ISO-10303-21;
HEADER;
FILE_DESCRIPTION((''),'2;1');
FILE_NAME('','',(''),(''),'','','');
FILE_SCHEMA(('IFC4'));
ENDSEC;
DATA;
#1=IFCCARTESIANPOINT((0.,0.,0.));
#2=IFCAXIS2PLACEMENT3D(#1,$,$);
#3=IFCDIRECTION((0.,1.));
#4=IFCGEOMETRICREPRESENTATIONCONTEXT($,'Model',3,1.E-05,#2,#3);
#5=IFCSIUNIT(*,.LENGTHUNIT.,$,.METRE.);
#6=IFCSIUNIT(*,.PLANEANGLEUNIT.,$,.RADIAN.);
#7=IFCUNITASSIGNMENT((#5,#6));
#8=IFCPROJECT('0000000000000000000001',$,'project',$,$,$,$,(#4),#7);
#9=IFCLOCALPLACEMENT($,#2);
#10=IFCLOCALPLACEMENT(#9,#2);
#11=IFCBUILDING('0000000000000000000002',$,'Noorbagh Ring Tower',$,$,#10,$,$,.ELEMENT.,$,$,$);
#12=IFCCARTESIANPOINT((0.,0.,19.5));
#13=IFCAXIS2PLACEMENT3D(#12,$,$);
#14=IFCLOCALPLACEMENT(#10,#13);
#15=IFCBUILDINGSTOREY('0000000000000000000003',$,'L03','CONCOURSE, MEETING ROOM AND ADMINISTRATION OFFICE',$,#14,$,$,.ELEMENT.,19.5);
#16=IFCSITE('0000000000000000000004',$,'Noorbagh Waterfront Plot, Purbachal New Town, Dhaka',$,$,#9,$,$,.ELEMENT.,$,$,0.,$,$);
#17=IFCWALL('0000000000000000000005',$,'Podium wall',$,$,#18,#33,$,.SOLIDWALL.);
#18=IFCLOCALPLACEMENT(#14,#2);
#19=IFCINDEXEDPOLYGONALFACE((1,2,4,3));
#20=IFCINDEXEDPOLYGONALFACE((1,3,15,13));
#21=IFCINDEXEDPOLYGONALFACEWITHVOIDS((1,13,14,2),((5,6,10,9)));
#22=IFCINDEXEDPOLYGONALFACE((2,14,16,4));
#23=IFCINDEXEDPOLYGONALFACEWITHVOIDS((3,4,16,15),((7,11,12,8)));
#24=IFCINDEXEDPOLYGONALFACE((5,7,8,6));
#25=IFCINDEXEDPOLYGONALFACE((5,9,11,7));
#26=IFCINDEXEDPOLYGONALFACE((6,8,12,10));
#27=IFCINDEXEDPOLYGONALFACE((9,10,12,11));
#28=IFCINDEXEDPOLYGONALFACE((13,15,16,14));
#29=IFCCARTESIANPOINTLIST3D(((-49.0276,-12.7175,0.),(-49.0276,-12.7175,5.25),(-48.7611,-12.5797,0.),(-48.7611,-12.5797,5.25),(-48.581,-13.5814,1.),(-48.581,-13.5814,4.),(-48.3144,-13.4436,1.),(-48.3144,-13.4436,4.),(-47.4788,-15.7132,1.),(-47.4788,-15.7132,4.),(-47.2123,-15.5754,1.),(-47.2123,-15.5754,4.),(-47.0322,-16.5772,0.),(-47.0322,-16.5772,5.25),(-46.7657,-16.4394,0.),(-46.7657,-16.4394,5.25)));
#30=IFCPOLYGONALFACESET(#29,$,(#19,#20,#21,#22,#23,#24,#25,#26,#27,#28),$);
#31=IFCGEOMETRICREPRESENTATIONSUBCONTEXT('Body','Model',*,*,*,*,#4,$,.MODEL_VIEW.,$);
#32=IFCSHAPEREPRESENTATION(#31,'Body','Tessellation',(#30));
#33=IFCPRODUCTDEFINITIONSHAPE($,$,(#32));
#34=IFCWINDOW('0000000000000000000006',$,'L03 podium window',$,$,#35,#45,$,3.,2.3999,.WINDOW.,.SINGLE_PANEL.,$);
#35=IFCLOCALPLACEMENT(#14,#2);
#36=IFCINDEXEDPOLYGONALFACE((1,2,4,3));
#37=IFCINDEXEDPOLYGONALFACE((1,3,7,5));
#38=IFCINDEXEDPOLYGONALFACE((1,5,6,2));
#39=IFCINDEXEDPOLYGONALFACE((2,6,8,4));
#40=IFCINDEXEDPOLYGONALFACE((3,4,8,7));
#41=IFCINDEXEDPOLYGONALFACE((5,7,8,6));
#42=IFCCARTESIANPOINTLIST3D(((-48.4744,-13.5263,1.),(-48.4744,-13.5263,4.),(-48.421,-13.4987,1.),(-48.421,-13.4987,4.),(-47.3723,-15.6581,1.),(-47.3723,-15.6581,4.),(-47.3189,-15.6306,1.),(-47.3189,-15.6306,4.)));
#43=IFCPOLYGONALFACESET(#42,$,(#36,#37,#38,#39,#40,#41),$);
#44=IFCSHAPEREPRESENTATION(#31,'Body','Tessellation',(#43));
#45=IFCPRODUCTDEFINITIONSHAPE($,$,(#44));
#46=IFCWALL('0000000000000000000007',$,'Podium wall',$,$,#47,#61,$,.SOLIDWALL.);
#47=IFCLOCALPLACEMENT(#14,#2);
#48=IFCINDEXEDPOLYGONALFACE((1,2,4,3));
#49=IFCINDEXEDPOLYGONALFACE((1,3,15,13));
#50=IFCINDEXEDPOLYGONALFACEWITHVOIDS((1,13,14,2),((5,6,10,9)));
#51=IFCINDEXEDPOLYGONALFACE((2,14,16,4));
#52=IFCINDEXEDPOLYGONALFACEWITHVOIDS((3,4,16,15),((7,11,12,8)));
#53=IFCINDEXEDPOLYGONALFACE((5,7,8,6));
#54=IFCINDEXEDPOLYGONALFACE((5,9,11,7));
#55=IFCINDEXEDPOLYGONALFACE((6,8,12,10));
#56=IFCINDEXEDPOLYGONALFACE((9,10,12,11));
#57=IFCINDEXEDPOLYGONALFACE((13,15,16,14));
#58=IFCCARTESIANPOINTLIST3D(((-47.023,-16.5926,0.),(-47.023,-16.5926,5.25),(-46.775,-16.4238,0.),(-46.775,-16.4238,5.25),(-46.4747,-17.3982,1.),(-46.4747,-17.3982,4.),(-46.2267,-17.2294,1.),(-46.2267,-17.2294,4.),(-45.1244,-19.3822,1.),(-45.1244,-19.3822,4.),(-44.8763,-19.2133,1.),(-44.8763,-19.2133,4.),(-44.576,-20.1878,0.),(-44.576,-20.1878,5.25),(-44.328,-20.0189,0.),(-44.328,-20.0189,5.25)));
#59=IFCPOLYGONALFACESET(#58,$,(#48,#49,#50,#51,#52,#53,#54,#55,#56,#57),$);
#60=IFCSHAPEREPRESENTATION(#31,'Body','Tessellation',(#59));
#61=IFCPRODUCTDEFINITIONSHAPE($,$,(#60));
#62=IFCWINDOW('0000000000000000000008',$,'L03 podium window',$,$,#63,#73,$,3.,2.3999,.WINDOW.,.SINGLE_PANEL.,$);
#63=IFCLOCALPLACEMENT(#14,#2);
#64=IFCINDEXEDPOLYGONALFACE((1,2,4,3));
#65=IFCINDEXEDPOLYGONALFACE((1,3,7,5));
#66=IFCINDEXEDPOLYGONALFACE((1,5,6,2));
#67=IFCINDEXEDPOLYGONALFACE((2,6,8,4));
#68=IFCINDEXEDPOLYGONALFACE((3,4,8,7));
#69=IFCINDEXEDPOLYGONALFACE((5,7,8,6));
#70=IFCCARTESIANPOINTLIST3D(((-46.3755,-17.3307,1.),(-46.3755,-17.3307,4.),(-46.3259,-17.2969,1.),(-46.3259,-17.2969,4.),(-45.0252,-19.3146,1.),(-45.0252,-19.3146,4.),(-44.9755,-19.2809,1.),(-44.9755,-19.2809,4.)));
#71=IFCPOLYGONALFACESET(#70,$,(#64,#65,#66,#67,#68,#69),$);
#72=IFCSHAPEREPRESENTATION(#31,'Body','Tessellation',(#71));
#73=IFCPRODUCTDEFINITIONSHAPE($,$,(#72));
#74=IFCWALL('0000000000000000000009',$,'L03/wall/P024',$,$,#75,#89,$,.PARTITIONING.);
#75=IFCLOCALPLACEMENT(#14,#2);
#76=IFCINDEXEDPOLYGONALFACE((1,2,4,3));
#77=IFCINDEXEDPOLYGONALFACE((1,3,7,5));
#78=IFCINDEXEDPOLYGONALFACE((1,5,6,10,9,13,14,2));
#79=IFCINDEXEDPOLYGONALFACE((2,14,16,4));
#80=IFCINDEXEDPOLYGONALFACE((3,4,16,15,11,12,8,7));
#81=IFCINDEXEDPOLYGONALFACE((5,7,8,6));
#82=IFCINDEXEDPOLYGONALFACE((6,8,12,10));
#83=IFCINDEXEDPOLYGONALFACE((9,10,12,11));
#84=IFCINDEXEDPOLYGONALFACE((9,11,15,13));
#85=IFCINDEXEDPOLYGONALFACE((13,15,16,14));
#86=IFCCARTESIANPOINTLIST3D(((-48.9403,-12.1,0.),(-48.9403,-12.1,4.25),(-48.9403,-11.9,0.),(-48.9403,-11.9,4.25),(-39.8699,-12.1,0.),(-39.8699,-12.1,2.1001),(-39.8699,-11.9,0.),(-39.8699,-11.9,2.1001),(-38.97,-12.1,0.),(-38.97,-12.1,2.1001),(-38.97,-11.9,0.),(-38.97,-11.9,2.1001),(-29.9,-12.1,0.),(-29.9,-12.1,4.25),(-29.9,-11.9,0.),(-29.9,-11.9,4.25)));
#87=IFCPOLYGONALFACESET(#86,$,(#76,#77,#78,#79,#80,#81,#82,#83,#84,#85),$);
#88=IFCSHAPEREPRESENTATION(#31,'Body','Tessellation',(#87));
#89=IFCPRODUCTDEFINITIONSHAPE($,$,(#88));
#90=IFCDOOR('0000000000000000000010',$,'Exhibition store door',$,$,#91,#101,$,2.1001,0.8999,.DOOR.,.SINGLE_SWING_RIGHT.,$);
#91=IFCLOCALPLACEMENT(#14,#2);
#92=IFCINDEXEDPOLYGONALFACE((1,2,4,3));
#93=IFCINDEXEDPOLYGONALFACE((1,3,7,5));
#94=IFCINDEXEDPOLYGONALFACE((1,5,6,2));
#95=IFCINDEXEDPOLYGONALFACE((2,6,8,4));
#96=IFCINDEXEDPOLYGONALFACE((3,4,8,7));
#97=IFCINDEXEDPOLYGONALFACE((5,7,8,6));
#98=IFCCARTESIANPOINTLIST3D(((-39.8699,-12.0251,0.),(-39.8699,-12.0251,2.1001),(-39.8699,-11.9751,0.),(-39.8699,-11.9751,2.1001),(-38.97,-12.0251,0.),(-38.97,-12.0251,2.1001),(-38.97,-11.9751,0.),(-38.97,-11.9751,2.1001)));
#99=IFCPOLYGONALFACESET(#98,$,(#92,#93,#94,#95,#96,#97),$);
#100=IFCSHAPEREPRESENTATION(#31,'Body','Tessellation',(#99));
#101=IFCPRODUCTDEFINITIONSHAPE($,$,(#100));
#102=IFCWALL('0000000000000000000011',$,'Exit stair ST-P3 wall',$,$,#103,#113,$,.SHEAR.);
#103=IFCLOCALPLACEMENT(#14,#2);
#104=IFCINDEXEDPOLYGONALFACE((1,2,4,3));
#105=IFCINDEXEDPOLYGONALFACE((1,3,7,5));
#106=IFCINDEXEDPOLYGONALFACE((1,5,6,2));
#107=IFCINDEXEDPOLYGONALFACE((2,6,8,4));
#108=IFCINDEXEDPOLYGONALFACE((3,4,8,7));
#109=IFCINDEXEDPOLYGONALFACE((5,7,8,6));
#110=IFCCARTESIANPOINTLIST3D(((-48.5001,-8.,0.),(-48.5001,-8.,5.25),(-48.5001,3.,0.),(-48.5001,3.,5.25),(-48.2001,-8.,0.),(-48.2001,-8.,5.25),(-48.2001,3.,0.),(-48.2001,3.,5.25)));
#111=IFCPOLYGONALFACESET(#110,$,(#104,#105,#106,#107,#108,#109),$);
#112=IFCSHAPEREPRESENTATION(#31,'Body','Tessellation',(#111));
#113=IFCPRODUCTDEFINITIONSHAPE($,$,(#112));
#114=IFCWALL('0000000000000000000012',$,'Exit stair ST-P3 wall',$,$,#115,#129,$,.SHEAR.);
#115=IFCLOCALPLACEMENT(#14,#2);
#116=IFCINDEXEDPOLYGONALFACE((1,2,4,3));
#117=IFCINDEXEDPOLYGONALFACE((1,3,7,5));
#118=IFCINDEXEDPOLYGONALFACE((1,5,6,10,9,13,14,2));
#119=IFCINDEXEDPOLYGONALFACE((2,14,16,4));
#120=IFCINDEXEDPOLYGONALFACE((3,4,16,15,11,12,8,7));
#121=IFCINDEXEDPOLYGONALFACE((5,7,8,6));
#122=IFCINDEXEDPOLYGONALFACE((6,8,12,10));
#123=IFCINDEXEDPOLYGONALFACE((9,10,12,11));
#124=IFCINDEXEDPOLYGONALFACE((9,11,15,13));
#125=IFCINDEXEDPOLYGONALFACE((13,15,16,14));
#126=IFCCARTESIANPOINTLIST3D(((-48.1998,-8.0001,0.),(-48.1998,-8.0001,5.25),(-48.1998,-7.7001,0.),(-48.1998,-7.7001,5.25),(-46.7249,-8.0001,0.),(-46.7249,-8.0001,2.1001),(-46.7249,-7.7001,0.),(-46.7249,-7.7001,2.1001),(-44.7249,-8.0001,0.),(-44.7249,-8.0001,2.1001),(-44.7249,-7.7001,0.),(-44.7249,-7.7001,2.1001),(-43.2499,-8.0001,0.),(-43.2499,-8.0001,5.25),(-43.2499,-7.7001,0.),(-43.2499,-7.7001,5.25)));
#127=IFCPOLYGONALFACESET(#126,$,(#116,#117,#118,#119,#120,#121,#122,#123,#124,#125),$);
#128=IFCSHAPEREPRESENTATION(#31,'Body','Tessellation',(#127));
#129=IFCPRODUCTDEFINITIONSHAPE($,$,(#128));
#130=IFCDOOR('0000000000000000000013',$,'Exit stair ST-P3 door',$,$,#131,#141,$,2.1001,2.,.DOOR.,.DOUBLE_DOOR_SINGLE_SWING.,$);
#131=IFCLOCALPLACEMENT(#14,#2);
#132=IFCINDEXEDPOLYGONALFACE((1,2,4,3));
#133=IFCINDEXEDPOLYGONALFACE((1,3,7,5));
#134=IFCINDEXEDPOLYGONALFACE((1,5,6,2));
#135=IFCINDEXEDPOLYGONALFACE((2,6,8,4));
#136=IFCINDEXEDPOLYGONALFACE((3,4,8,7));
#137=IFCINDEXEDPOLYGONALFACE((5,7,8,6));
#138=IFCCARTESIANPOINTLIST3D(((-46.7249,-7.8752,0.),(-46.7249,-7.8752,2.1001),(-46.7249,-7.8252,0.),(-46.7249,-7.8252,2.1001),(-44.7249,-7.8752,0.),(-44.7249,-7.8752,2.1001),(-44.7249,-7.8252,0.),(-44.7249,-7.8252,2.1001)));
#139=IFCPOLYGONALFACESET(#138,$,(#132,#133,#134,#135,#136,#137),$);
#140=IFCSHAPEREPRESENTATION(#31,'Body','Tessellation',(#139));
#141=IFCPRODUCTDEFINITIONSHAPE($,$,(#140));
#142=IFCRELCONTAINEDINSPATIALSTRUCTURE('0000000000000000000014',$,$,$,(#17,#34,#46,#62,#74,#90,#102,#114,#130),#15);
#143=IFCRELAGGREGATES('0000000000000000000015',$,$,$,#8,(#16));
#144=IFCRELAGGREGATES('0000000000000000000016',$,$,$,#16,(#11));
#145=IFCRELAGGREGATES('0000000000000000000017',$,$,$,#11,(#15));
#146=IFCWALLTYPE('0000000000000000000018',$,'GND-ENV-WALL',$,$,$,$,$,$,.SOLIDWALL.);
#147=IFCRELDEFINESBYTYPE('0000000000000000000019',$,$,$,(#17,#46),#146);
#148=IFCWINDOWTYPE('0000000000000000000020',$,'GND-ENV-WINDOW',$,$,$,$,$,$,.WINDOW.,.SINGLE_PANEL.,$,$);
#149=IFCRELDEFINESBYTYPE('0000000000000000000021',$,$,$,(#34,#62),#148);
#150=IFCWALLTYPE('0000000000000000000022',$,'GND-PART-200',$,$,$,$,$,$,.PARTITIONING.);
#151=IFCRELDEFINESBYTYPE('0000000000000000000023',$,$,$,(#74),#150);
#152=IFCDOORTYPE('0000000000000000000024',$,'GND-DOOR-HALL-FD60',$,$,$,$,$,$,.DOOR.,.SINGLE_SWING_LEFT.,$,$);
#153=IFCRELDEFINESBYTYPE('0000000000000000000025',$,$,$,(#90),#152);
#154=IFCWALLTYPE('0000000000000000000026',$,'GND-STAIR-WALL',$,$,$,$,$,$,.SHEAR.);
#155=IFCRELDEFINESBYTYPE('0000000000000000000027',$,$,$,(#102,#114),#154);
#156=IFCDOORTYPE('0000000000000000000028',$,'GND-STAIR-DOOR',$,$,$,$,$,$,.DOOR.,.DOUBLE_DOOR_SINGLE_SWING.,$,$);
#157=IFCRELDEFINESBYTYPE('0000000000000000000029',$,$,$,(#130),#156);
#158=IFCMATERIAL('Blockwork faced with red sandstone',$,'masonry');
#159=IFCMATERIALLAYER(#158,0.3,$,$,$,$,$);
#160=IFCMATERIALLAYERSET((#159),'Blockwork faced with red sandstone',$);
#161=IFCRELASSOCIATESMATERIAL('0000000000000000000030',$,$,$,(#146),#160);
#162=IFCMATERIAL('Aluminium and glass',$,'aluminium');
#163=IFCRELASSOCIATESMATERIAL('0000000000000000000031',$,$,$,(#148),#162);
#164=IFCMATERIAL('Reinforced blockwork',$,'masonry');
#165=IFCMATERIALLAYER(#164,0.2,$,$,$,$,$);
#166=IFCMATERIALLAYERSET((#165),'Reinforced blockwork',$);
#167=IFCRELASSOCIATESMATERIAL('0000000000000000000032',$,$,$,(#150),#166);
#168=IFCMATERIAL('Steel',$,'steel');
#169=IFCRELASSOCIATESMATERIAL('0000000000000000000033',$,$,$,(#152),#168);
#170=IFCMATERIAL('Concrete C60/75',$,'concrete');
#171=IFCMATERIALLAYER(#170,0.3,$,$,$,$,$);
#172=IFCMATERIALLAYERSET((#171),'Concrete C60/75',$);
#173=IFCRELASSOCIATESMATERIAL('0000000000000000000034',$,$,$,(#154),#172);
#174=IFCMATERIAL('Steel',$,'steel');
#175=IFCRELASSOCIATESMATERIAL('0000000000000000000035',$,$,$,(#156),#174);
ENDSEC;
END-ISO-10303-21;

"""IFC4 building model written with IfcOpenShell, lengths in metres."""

from ifc_helpers import new_model, si_unit, direction, frame, frame_2d, origin, place, context, subcontext, project, spatial, rectangle, extrude, material, layer, layer_set, type_object, element, fill, save


model = new_model("IFC4")

# Units and contexts
model_context = context("Model", 3, precision=1e-05, world=origin(), true_north=direction((0.0, 1.0)))
body_context = subcontext(model_context, "Body", "Model", "MODEL_VIEW")
ifc_project = project(units=[si_unit("LENGTHUNIT", "METRE"), si_unit("PLANEANGLEUNIT", "RADIAN")], contexts=[model_context])

# Site, building, storey
site_placement = place(None, origin())
site = spatial("IfcSite", under=ifc_project, at=site_placement, Name="Noorbagh Waterfront Plot, Purbachal New Town, Dhaka", CompositionType="ELEMENT", RefElevation=0.0)
building_placement = place(site_placement, origin())
building = spatial("IfcBuilding", under=site, at=building_placement, Name="Noorbagh Ring Tower", CompositionType="ELEMENT")
storey_placement = place(building_placement, frame((0.0, 0.0, 19.5)))
storey = spatial("IfcBuildingStorey", under=building, at=storey_placement, Name="L03", Description="CONCOURSE, MEETING ROOM AND ADMINISTRATION OFFICE", CompositionType="ELEMENT", Elevation=19.5)

# Walls, openings, windows
ifc_material_1 = material(Name="Blockwork faced with red sandstone", Category="masonry")
ifc_layer_1 = layer(ifc_material_1, 0.3)
ifc_layer_set_1 = layer_set([ifc_layer_1], Name="Blockwork faced with red sandstone")
wall_type_1 = type_object("IfcWallType", Name="GND-ENV-WALL", PredefinedType="SOLIDWALL", material=ifc_layer_set_1)
ifc_material_2 = material(Name="Aluminium and glass", Category="aluminium")
window_type = type_object("IfcWindowType", Name="GND-ENV-WINDOW", PartitioningType="SINGLE_PANEL", PredefinedType="WINDOW", material=ifc_material_2)
wall_1_placement = place(storey_placement, frame((-48.8943, -12.6487, 0.0), z_axis=(0.0, 0.0, 1.0), x_axis=(0.459243, -0.888311, 0.0)))
wall_1 = element("IfcWall", 1, at=wall_1_placement, inside=storey, type_object=wall_type_1, Name="Podium wall", PredefinedType="SOLIDWALL", context=body_context, shape_type="SweptSolid", body=[
    extrude(rectangle(XDim=4.345, YDim=0.3, at=frame_2d((2.1724, 0.0))), origin(), (0.0, 0.0, 1.0), 5.25),
])
opening_1_placement = place(wall_1_placement, frame((0.9724, 0.0, 1.0)))
opening_1 = element("IfcOpeningElement", 2, at=opening_1_placement, cuts=wall_1, PredefinedType="OPENING", context=body_context, shape_type="SweptSolid", body=[
    extrude(rectangle(XDim=2.3999, YDim=3.0, at=frame_2d((1.2, 1.5))), frame((0.0, 0.1602, 0.0), z_axis=(0.0, -1.0, 0.0), x_axis=(1.0, 0.0, 0.0)), (0.0, 0.0, 1.0), 0.3201),
])
window_1_placement = place(opening_1_placement, origin())
window_1 = element("IfcWindow", 3, at=window_1_placement, inside=storey, type_object=window_type, Name="L03 podium window", OverallHeight=3.0, OverallWidth=2.3999, PartitioningType="SINGLE_PANEL", PredefinedType="WINDOW", context=body_context, shape_type="SweptSolid", body=[
    extrude(rectangle(XDim=2.3999, YDim=3.0, at=frame_2d((1.2, 1.5))), frame((0.0, 0.03, 0.0), z_axis=(0.0, -1.0, 0.0), x_axis=(1.0, 0.0, 0.0)), (0.0, 0.0, 1.0), 0.0601),
])
fill(opening_1, window_1)
wall_2_placement = place(storey_placement, frame((-46.8989, -16.5083, 0.0), z_axis=(0.0, 0.0, 1.0), x_axis=(0.562668, -0.826683, 0.0)))
wall_2 = element("IfcWall", 4, at=wall_2_placement, inside=storey, type_object=wall_type_1, Name="Podium wall", PredefinedType="SOLIDWALL", context=body_context, shape_type="SweptSolid", body=[
    extrude(rectangle(XDim=4.3489, YDim=0.3, at=frame_2d((2.1743, 0.0))), origin(), (0.0, 0.0, 1.0), 5.25),
])
opening_2_placement = place(wall_2_placement, frame((0.9744, 0.0, 1.0)))
opening_2 = element("IfcOpeningElement", 5, at=opening_2_placement, cuts=wall_2, PredefinedType="OPENING", context=body_context, shape_type="SweptSolid", body=[
    extrude(rectangle(XDim=2.3999, YDim=3.0, at=frame_2d((1.2, 1.5))), frame((0.0, 0.1602, 0.0), z_axis=(0.0, -1.0, 0.0), x_axis=(1.0, 0.0, 0.0)), (0.0, 0.0, 1.0), 0.3201),
])
window_2_placement = place(opening_2_placement, origin())
window_2 = element("IfcWindow", 6, at=window_2_placement, inside=storey, type_object=window_type, Name="L03 podium window", OverallHeight=3.0, OverallWidth=2.3999, PartitioningType="SINGLE_PANEL", PredefinedType="WINDOW", context=body_context, shape_type="SweptSolid", body=[
    extrude(rectangle(XDim=2.3999, YDim=3.0, at=frame_2d((1.2, 1.5))), frame((0.0, 0.03, 0.0), z_axis=(0.0, -1.0, 0.0), x_axis=(1.0, 0.0, 0.0)), (0.0, 0.0, 1.0), 0.0601),
])
fill(opening_2, window_2)

# Wall, opening, door
ifc_material_3 = material(Name="Reinforced blockwork", Category="masonry")
ifc_layer_2 = layer(ifc_material_3, 0.2)
ifc_layer_set_2 = layer_set([ifc_layer_2], Name="Reinforced blockwork")
wall_type_2 = type_object("IfcWallType", Name="GND-PART-200", PredefinedType="PARTITIONING", material=ifc_layer_set_2)
wall_3_placement = place(storey_placement, frame((-48.9402, -12.0, 0.0), z_axis=(0.0, 0.0, 1.0), x_axis=(1.0, 0.0, 0.0)))
wall_3 = element("IfcWall", 7, at=wall_3_placement, inside=storey, type_object=wall_type_2, Name="L03/wall/P024", PredefinedType="PARTITIONING", context=body_context, shape_type="SweptSolid", body=[
    extrude(rectangle(XDim=19.0403, YDim=0.2, at=frame_2d((9.52, 0.0))), origin(), (0.0, 0.0, 1.0), 4.25),
])
opening_3_placement = place(wall_3_placement, frame((9.0703, 0.0, 0.0)))
opening_3 = element("IfcOpeningElement", 8, at=opening_3_placement, cuts=wall_3, PredefinedType="OPENING", context=body_context, shape_type="SweptSolid", body=[
    extrude(rectangle(XDim=0.8999, YDim=2.1001, at=frame_2d((0.45, 1.05))), frame((0.0, 0.1099, 0.0), z_axis=(0.0, -1.0, 0.0), x_axis=(1.0, 0.0, 0.0)), (0.0, 0.0, 1.0), 0.22),
])
ifc_material_4 = material(Name="Steel", Category="steel")
door_type_1 = type_object("IfcDoorType", Name="GND-DOOR-HALL-FD60", OperationType="SINGLE_SWING_LEFT", PredefinedType="DOOR", material=ifc_material_4)
door_1_placement = place(opening_3_placement, origin())
door_1 = element("IfcDoor", 9, at=door_1_placement, inside=storey, type_object=door_type_1, Name="Exhibition store door", OperationType="SINGLE_SWING_RIGHT", OverallHeight=2.1001, OverallWidth=0.8999, PredefinedType="DOOR", context=body_context, shape_type="SweptSolid", body=[
    extrude(rectangle(XDim=0.8999, YDim=2.1001, at=frame_2d((0.45, 1.05))), frame((0.0, 0.0249, 0.0), z_axis=(0.0, -1.0, 0.0), x_axis=(1.0, 0.0, 0.0)), (0.0, 0.0, 1.0), 0.05),
])
fill(opening_3, door_1)

# Wall
ifc_material_5 = material(Name="Concrete C60/75", Category="concrete")
ifc_layer_3 = layer(ifc_material_5, 0.3)
ifc_layer_set_3 = layer_set([ifc_layer_3], Name="Concrete C60/75")
wall_type_3 = type_object("IfcWallType", Name="GND-STAIR-WALL", PredefinedType="SHEAR", material=ifc_layer_set_3)
wall_4_placement = place(storey_placement, frame((-48.3501, -8.0, 0.0), z_axis=(0.0, 0.0, 1.0), x_axis=(0.0, 1.0, 0.0)))
element("IfcWall", 10, at=wall_4_placement, inside=storey, type_object=wall_type_3, Name="Exit stair ST-P3 wall", PredefinedType="SHEAR", context=body_context, shape_type="SweptSolid", body=[
    extrude(rectangle(XDim=11.0, YDim=0.3, at=frame_2d((5.5, 0.0))), origin(), (0.0, 0.0, 1.0), 5.25),
])

# Wall, opening, door
wall_5_placement = place(storey_placement, frame((-48.2, -7.8501, 0.0), z_axis=(0.0, 0.0, 1.0), x_axis=(1.0, 0.0, 0.0)))
wall_5 = element("IfcWall", 11, at=wall_5_placement, inside=storey, type_object=wall_type_3, Name="Exit stair ST-P3 wall", PredefinedType="SHEAR", context=body_context, shape_type="SweptSolid", body=[
    extrude(rectangle(XDim=4.95, YDim=0.3, at=frame_2d((2.4751, 0.0))), origin(), (0.0, 0.0, 1.0), 5.25),
])
opening_4_placement = place(wall_5_placement, frame((1.4751, 0.0, 0.0)))
opening_4 = element("IfcOpeningElement", 12, at=opening_4_placement, cuts=wall_5, PredefinedType="OPENING", context=body_context, shape_type="SweptSolid", body=[
    extrude(rectangle(XDim=2.0, YDim=2.1001, at=frame_2d((1.0, 1.05))), frame((0.0, 0.1602, 0.0), z_axis=(0.0, -1.0, 0.0), x_axis=(1.0, 0.0, 0.0)), (0.0, 0.0, 1.0), 0.3201),
])
ifc_material_6 = material(Name="Steel", Category="steel")
door_type_2 = type_object("IfcDoorType", Name="GND-STAIR-DOOR", OperationType="DOUBLE_DOOR_SINGLE_SWING", PredefinedType="DOOR", material=ifc_material_6)
door_2_placement = place(opening_4_placement, origin())
door_2 = element("IfcDoor", 13, at=door_2_placement, inside=storey, type_object=door_type_2, Name="Exit stair ST-P3 door", OperationType="DOUBLE_DOOR_SINGLE_SWING", OverallHeight=2.1001, OverallWidth=2.0, PredefinedType="DOOR", context=body_context, shape_type="SweptSolid", body=[
    extrude(rectangle(XDim=2.0, YDim=2.1001, at=frame_2d((1.0, 1.05))), frame((0.0, 0.0249, 0.0), z_axis=(0.0, -1.0, 0.0), x_axis=(1.0, 0.0, 0.0)), (0.0, 0.0, 1.0), 0.05),
])
fill(opening_4, door_2)

save(model, "model.ifc")
